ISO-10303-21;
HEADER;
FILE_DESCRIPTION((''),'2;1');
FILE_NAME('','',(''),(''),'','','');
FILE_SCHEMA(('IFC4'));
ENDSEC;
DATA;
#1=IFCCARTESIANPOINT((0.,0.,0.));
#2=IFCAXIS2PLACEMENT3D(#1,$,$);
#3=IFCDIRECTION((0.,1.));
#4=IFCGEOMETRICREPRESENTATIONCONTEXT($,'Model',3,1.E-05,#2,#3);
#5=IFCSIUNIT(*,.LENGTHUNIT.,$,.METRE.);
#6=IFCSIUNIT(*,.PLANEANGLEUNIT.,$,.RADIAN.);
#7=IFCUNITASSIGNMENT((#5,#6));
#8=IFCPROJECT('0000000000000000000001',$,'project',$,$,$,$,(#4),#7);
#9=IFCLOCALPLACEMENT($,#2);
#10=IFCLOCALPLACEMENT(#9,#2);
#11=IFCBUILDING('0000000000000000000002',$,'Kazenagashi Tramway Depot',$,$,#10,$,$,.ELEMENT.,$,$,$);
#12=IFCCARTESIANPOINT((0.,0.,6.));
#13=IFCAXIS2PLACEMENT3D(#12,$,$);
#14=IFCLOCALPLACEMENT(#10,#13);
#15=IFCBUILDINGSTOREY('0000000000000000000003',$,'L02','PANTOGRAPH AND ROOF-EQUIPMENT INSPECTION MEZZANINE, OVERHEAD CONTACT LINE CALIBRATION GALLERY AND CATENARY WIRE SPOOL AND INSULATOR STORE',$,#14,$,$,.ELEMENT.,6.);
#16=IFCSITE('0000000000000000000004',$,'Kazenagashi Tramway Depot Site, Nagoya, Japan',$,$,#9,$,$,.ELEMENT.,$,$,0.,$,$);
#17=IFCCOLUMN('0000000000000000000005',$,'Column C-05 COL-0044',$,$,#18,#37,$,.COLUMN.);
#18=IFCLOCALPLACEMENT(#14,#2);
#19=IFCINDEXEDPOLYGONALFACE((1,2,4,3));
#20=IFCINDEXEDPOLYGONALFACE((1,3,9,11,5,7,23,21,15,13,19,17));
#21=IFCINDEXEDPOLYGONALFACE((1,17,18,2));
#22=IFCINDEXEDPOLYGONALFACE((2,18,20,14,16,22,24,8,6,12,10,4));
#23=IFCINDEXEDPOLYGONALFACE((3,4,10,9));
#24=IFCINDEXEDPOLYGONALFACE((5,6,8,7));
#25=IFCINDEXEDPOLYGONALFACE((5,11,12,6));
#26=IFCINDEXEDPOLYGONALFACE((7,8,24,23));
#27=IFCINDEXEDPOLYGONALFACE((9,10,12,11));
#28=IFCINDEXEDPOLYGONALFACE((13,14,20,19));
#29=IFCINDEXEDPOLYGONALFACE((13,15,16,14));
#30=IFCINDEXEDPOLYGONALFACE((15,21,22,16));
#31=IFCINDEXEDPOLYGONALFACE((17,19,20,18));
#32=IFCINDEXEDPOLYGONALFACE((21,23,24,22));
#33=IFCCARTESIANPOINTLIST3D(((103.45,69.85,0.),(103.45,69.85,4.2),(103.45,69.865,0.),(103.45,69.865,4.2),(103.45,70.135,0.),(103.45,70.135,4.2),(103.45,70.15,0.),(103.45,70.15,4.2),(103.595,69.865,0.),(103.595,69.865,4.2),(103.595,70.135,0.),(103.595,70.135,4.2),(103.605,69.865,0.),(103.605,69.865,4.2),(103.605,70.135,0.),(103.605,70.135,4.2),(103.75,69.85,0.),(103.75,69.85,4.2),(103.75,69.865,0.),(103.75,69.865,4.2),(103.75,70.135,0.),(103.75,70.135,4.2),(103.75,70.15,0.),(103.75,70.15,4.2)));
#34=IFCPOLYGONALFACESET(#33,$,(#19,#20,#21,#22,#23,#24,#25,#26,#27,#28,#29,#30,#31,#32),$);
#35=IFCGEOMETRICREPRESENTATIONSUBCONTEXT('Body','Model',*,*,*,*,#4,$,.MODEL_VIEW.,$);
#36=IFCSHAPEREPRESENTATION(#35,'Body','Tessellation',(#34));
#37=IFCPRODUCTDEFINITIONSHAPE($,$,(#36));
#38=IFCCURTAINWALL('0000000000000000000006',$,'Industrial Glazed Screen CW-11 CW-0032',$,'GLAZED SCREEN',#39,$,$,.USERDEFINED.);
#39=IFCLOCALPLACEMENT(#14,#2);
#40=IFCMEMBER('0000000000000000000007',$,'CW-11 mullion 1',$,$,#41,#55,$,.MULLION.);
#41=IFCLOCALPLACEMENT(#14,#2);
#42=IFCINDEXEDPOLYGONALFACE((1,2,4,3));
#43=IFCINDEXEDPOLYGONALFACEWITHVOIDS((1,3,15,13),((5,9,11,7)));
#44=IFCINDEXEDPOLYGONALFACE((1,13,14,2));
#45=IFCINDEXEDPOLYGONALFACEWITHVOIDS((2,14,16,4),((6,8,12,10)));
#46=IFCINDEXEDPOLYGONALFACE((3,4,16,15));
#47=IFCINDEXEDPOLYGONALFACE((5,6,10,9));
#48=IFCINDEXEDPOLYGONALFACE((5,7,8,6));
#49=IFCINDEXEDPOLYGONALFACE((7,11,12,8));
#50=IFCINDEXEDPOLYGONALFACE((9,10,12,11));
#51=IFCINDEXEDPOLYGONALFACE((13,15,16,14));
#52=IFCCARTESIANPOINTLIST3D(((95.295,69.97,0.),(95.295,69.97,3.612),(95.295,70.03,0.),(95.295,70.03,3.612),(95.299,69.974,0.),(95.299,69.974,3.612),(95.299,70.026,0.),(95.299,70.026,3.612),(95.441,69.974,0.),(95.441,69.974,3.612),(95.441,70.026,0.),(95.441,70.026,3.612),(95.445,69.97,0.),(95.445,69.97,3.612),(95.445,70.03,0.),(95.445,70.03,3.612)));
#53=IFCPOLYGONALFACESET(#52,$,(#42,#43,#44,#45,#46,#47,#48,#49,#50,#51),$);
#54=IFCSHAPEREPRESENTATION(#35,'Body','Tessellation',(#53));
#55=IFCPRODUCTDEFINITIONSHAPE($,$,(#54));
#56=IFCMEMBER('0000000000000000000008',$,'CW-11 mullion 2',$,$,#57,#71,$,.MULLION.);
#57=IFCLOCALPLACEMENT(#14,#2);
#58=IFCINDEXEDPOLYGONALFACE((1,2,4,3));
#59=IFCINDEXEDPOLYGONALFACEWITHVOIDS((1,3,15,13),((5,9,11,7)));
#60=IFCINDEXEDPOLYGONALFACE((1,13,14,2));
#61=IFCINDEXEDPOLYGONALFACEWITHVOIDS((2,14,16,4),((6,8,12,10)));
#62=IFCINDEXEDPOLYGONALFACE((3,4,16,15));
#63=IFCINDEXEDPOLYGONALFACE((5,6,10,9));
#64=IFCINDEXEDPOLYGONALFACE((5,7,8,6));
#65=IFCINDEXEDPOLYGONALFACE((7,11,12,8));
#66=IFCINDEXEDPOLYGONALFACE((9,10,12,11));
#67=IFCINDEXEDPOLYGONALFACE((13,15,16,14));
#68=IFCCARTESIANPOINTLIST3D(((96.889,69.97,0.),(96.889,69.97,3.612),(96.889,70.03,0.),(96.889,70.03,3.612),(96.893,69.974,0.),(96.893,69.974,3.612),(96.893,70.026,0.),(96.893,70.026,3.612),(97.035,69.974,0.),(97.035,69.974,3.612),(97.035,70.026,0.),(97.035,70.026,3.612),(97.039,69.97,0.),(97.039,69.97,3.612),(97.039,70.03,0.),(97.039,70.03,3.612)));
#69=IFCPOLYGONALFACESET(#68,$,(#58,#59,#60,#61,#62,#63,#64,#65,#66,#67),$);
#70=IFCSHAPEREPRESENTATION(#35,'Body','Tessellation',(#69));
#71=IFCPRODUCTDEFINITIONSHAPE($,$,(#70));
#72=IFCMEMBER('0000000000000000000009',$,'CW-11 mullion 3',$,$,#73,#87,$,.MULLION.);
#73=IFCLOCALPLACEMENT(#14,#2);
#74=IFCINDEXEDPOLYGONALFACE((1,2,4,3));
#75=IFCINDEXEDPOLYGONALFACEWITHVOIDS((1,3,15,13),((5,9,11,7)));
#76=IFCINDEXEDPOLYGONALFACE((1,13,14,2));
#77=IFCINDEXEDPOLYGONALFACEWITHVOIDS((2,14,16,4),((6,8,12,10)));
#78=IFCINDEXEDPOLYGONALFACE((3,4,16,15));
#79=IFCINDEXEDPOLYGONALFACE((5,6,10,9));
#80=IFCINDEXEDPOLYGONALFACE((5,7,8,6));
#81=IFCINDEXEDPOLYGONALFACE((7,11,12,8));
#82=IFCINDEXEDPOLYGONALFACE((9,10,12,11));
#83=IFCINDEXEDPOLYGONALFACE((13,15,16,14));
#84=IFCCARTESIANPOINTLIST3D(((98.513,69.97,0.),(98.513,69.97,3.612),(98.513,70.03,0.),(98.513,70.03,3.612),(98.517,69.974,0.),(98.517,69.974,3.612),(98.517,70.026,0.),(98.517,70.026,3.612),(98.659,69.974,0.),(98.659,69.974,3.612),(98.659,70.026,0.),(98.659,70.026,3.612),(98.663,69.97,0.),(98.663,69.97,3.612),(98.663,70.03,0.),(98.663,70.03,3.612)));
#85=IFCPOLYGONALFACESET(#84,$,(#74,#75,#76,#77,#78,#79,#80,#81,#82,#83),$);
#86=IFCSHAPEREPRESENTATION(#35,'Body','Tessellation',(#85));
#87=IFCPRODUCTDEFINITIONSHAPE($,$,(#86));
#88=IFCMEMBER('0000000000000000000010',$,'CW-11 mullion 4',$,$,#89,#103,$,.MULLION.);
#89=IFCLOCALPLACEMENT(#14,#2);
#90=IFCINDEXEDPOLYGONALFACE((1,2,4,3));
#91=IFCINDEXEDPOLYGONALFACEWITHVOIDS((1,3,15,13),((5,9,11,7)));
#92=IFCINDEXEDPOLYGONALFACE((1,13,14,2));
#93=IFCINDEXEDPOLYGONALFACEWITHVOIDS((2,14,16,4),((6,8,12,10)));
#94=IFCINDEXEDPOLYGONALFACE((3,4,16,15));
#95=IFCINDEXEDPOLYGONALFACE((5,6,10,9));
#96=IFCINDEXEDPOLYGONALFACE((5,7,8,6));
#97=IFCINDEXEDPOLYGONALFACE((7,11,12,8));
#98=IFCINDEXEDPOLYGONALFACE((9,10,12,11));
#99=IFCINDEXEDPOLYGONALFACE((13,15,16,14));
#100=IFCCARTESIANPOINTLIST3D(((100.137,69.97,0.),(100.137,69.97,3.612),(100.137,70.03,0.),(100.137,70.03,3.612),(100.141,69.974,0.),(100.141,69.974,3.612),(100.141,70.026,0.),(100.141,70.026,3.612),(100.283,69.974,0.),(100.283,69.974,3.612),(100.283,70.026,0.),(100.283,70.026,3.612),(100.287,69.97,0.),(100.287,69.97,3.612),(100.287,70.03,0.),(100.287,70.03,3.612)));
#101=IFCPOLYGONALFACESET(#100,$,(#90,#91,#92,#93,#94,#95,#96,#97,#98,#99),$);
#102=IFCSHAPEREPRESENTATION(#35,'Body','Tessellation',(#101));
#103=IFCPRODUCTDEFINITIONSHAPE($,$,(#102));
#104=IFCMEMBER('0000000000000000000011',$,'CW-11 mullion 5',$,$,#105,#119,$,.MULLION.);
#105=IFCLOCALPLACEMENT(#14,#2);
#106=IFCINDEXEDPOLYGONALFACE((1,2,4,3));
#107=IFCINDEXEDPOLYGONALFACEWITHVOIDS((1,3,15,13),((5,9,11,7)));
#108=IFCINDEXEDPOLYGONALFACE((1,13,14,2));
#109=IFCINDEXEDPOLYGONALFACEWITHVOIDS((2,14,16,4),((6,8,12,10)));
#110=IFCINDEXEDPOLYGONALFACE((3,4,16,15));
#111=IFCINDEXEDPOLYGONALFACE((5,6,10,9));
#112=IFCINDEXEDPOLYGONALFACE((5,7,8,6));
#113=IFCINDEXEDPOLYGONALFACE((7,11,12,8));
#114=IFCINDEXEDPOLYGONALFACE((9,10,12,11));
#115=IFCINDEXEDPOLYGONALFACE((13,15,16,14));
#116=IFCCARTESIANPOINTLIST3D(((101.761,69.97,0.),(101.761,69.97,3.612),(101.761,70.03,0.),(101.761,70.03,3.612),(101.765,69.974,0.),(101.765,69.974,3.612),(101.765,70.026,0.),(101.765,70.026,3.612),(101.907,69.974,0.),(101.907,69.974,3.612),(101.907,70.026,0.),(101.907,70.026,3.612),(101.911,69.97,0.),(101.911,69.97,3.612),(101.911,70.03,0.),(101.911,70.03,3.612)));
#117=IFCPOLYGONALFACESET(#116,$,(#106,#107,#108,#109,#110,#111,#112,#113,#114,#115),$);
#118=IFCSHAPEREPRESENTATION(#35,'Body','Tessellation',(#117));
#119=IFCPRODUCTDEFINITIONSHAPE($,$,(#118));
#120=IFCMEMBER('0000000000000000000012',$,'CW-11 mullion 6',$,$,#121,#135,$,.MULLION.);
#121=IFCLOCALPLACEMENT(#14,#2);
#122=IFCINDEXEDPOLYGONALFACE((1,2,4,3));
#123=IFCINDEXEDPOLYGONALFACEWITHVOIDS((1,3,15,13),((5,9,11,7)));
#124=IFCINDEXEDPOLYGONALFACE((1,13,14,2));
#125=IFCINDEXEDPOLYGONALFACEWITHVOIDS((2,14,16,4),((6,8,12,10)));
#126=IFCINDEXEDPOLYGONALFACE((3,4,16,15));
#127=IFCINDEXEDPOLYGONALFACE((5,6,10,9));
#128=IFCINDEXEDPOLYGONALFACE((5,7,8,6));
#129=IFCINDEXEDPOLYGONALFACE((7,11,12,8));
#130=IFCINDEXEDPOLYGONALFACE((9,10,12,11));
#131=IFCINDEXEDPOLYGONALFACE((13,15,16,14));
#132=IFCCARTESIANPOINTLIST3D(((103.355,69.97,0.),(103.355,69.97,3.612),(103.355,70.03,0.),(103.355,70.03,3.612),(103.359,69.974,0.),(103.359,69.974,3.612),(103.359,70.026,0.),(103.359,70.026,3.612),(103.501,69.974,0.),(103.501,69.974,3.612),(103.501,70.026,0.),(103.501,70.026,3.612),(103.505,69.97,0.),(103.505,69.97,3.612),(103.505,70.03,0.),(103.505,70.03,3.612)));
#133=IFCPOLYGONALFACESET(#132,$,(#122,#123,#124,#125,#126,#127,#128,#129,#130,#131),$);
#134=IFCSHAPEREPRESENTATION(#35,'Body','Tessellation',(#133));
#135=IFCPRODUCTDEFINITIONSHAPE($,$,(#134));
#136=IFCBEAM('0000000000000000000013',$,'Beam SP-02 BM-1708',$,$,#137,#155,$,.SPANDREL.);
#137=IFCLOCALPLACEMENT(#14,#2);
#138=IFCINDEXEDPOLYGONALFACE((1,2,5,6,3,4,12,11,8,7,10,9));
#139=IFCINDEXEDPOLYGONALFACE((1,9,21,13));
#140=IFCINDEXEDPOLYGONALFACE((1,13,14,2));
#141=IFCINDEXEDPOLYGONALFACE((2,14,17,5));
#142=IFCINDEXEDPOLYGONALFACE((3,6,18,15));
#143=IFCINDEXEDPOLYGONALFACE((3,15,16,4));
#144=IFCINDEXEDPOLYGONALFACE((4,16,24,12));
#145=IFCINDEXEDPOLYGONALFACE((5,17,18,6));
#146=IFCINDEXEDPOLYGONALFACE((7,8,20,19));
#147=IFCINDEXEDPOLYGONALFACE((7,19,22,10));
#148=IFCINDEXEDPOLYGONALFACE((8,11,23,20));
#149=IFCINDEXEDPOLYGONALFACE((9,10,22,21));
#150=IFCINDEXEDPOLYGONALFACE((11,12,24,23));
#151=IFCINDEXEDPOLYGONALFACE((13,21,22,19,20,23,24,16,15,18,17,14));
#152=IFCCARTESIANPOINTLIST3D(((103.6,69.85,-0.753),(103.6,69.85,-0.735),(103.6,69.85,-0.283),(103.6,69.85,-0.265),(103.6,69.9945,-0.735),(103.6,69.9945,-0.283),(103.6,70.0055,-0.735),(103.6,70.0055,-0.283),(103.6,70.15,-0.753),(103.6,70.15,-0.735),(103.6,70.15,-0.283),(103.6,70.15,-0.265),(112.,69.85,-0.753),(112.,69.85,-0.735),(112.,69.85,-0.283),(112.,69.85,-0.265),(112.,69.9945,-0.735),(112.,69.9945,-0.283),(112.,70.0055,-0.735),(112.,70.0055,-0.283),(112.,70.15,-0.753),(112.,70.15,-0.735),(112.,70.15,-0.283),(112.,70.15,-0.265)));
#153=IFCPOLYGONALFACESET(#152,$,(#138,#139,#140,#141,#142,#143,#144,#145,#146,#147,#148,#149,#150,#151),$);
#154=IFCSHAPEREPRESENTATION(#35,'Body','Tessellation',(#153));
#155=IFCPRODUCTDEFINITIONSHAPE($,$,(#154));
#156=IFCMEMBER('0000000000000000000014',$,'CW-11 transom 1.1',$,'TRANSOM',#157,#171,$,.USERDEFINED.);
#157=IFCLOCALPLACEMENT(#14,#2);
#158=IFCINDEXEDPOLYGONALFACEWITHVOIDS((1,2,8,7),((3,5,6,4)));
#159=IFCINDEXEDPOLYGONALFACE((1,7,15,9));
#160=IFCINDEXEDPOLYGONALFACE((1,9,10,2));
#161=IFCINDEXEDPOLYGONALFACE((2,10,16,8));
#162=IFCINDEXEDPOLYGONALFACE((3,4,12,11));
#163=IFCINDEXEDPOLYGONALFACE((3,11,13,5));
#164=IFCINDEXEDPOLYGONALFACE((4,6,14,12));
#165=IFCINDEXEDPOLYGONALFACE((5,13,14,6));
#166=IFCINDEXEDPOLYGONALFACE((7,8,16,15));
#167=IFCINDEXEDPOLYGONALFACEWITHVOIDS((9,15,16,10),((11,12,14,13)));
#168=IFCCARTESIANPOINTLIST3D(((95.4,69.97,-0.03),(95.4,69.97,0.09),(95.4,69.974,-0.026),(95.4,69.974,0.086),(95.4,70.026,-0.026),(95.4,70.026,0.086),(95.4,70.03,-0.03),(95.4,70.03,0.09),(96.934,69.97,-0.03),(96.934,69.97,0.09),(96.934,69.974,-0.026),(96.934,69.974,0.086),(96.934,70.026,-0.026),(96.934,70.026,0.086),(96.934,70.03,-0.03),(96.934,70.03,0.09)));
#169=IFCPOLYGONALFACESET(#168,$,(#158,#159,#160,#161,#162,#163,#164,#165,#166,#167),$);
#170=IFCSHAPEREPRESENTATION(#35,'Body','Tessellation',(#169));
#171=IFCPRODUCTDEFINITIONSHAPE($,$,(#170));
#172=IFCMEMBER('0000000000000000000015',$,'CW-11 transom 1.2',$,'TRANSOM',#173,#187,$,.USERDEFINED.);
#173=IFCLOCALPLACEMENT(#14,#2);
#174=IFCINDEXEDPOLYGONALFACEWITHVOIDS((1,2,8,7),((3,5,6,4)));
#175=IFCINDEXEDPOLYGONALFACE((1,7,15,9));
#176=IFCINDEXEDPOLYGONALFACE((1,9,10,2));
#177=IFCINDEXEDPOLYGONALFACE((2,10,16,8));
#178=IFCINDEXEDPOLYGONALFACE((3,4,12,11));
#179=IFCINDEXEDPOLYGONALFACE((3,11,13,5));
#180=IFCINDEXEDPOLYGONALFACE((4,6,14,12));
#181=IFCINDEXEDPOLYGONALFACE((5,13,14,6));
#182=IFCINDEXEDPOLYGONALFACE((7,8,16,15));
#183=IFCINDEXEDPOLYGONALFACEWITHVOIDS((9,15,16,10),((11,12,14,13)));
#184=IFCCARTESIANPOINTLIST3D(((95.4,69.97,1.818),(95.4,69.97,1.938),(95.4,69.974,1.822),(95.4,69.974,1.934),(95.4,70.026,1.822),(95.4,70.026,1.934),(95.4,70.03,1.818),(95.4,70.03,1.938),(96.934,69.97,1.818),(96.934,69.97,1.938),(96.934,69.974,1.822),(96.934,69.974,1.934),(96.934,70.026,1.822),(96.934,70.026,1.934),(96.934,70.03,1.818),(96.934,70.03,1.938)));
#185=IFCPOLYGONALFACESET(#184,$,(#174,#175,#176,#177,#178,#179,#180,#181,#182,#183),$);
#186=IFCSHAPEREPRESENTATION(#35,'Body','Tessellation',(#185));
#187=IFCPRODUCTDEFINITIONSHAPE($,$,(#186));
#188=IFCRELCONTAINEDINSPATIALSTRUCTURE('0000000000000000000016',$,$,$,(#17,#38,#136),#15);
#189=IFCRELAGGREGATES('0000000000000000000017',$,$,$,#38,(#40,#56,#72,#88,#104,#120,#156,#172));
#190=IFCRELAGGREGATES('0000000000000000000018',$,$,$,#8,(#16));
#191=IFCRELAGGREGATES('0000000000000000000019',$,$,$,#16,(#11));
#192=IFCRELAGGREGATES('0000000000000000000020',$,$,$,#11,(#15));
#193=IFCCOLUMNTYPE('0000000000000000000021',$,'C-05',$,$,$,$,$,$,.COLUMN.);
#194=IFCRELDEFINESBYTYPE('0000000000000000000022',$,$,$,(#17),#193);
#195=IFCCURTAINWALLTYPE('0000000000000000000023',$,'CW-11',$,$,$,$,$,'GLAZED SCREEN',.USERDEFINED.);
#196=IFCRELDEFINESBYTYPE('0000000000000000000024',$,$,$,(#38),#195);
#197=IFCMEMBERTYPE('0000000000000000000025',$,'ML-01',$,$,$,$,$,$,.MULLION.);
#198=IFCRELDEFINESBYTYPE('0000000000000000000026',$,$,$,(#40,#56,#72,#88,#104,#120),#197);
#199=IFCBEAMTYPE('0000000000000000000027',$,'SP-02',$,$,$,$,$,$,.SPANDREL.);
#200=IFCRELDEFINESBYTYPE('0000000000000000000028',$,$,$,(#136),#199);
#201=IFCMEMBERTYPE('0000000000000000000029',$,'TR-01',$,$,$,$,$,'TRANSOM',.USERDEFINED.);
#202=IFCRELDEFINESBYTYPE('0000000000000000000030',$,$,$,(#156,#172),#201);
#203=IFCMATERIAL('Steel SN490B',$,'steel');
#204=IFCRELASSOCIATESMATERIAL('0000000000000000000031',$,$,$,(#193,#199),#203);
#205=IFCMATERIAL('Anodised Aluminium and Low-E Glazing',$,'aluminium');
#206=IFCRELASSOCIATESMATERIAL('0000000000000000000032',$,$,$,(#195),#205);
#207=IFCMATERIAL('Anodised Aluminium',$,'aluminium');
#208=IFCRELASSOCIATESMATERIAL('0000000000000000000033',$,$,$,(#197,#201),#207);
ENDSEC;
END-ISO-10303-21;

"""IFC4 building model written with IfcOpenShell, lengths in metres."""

from ifc_helpers import new_model, si_unit, direction, frame, origin, origin_2d, place, context, subcontext, project, spatial, hollow_rectangle, i_section, extrude, material, material_profile, profile_set, type_object, element, aggregate, save


model = new_model("IFC4")

# Units and contexts
model_context = context("Model", 3, precision=1e-05, world=origin(), true_north=direction((0.0, 1.0)))
body_context = subcontext(model_context, "Body", "Model", "MODEL_VIEW")
ifc_project = project(units=[si_unit("LENGTHUNIT", "METRE"), si_unit("PLANEANGLEUNIT", "RADIAN")], contexts=[model_context])

# Site, building, storey
site_placement = place(None, origin())
site = spatial("IfcSite", under=ifc_project, at=site_placement, Name="Kazenagashi Tramway Depot Site, Nagoya, Japan", CompositionType="ELEMENT", RefElevation=0.0)
building_placement = place(site_placement, origin())
building = spatial("IfcBuilding", under=site, at=building_placement, Name="Kazenagashi Tramway Depot", CompositionType="ELEMENT")
storey_placement = place(building_placement, frame((0.0, 0.0, 6.0)))
storey = spatial("IfcBuildingStorey", under=building, at=storey_placement, Name="L02", Description="PANTOGRAPH AND ROOF-EQUIPMENT INSPECTION MEZZANINE, OVERHEAD CONTACT LINE CALIBRATION GALLERY AND CATENARY WIRE SPOOL AND INSULATOR STORE", CompositionType="ELEMENT", Elevation=6.0)

# Column
ifc_material_1 = material(Name="Steel SN490B", Category="steel")
ifc_material_profile_1 = material_profile(ifc_material_1, i_section(OverallWidth=0.3, OverallDepth=0.3, WebThickness=0.01, FlangeThickness=0.015, at=origin_2d()), Name="H-300x300x10x15")
ifc_profile_set_1 = profile_set([ifc_material_profile_1], Name="Steel SN490B")
column_type = type_object("IfcColumnType", Name="C-05", PredefinedType="COLUMN", material=ifc_profile_set_1)
column_placement = place(storey_placement, frame((103.6, 70.0, 0.0), z_axis=(0.0, 0.0, 1.0), x_axis=(1.0, 0.0, 0.0)))
element("IfcColumn", 1, at=column_placement, inside=storey, type_object=column_type, Name="Column C-05 COL-0044", PredefinedType="COLUMN", context=body_context, shape_type="SweptSolid", body=[
    extrude(i_section(OverallWidth=0.3, OverallDepth=0.3, WebThickness=0.01, FlangeThickness=0.015, at=origin_2d()), origin(), (0.0, 0.0, 1.0), 4.2),
])

# Curtain wall, members
ifc_material_2 = material(Name="Anodised Aluminium and Low-E Glazing", Category="aluminium")
curtain_wall_type = type_object("IfcCurtainWallType", Name="CW-11", ElementType="GLAZED SCREEN", PredefinedType="USERDEFINED", material=ifc_material_2)
curtain_wall_placement = place(storey_placement, origin())
curtain_wall = element("IfcCurtainWall", 2, at=curtain_wall_placement, inside=storey, type_object=curtain_wall_type, Name="Industrial Glazed Screen CW-11 CW-0032", ObjectType="GLAZED SCREEN", PredefinedType="USERDEFINED")
ifc_material_3 = material(Name="Anodised Aluminium", Category="aluminium")
ifc_material_profile_2 = material_profile(ifc_material_3, hollow_rectangle(XDim=0.06, YDim=0.15, WallThickness=0.004, at=origin_2d()), Name="RHS-150x60x4")
ifc_profile_set_2 = profile_set([ifc_material_profile_2], Name="Anodised Aluminium")
member_type_1 = type_object("IfcMemberType", Name="ML-01", PredefinedType="MULLION", material=ifc_profile_set_2)
member_1_placement = place(storey_placement, frame((95.37, 70.0, 0.0), z_axis=(0.0, 0.0, 1.0), x_axis=(0.0, 1.0, 0.0)))
member_1 = element("IfcMember", 3, at=member_1_placement, type_object=member_type_1, Name="CW-11 mullion 1", PredefinedType="MULLION", context=body_context, shape_type="SweptSolid", body=[
    extrude(hollow_rectangle(XDim=0.06, YDim=0.15, WallThickness=0.004, at=origin_2d()), origin(), (0.0, 0.0, 1.0), 3.612),
])
member_2_placement = place(storey_placement, frame((96.964, 70.0, 0.0), z_axis=(0.0, 0.0, 1.0), x_axis=(0.0, 1.0, 0.0)))
member_2 = element("IfcMember", 4, at=member_2_placement, type_object=member_type_1, Name="CW-11 mullion 2", PredefinedType="MULLION", context=body_context, shape_type="SweptSolid", body=[
    extrude(hollow_rectangle(XDim=0.06, YDim=0.15, WallThickness=0.004, at=origin_2d()), origin(), (0.0, 0.0, 1.0), 3.612),
])
member_3_placement = place(storey_placement, frame((98.588, 70.0, 0.0), z_axis=(0.0, 0.0, 1.0), x_axis=(0.0, 1.0, 0.0)))
member_3 = element("IfcMember", 5, at=member_3_placement, type_object=member_type_1, Name="CW-11 mullion 3", PredefinedType="MULLION", context=body_context, shape_type="SweptSolid", body=[
    extrude(hollow_rectangle(XDim=0.06, YDim=0.15, WallThickness=0.004, at=origin_2d()), origin(), (0.0, 0.0, 1.0), 3.612),
])
member_4_placement = place(storey_placement, frame((100.212, 70.0, 0.0), z_axis=(0.0, 0.0, 1.0), x_axis=(0.0, 1.0, 0.0)))
member_4 = element("IfcMember", 6, at=member_4_placement, type_object=member_type_1, Name="CW-11 mullion 4", PredefinedType="MULLION", context=body_context, shape_type="SweptSolid", body=[
    extrude(hollow_rectangle(XDim=0.06, YDim=0.15, WallThickness=0.004, at=origin_2d()), origin(), (0.0, 0.0, 1.0), 3.612),
])
member_5_placement = place(storey_placement, frame((101.836, 70.0, 0.0), z_axis=(0.0, 0.0, 1.0), x_axis=(0.0, 1.0, 0.0)))
member_5 = element("IfcMember", 7, at=member_5_placement, type_object=member_type_1, Name="CW-11 mullion 5", PredefinedType="MULLION", context=body_context, shape_type="SweptSolid", body=[
    extrude(hollow_rectangle(XDim=0.06, YDim=0.15, WallThickness=0.004, at=origin_2d()), origin(), (0.0, 0.0, 1.0), 3.612),
])
member_6_placement = place(storey_placement, frame((103.43, 70.0, 0.0), z_axis=(0.0, 0.0, 1.0), x_axis=(0.0, 1.0, 0.0)))
member_6 = element("IfcMember", 8, at=member_6_placement, type_object=member_type_1, Name="CW-11 mullion 6", PredefinedType="MULLION", context=body_context, shape_type="SweptSolid", body=[
    extrude(hollow_rectangle(XDim=0.06, YDim=0.15, WallThickness=0.004, at=origin_2d()), origin(), (0.0, 0.0, 1.0), 3.612),
])

# Beam
ifc_material_profile_3 = material_profile(ifc_material_1, i_section(OverallWidth=0.3, OverallDepth=0.488, WebThickness=0.011, FlangeThickness=0.018, at=origin_2d()), Name="H-488x300x11x18")
ifc_profile_set_3 = profile_set([ifc_material_profile_3], Name="Steel SN490B")
beam_type = type_object("IfcBeamType", Name="SP-02", PredefinedType="SPANDREL", material=ifc_profile_set_3)
beam_placement = place(storey_placement, frame((103.6, 70.0, -0.509), z_axis=(1.0, 0.0, 0.0), x_axis=(0.0, 1.0, 0.0)))
element("IfcBeam", 9, at=beam_placement, inside=storey, type_object=beam_type, Name="Beam SP-02 BM-1708", PredefinedType="SPANDREL", context=body_context, shape_type="SweptSolid", body=[
    extrude(i_section(OverallWidth=0.3, OverallDepth=0.488, WebThickness=0.011, FlangeThickness=0.018, at=origin_2d()), origin(), (0.0, 0.0, 1.0), 8.4),
])

# Members
ifc_material_profile_4 = material_profile(ifc_material_3, hollow_rectangle(XDim=0.06, YDim=0.12, WallThickness=0.004, at=origin_2d()), Name="RHS-120x60x4")
ifc_profile_set_4 = profile_set([ifc_material_profile_4], Name="Anodised Aluminium")
member_type_2 = type_object("IfcMemberType", Name="TR-01", ElementType="TRANSOM", PredefinedType="USERDEFINED", material=ifc_profile_set_4)
member_7_placement = place(storey_placement, frame((95.4, 70.0, 0.03), z_axis=(1.0, 0.0, 0.0), x_axis=(0.0, 1.0, 0.0)))
member_7 = element("IfcMember", 10, at=member_7_placement, type_object=member_type_2, Name="CW-11 transom 1.1", ObjectType="TRANSOM", PredefinedType="USERDEFINED", context=body_context, shape_type="SweptSolid", body=[
    extrude(hollow_rectangle(XDim=0.06, YDim=0.12, WallThickness=0.004, at=origin_2d()), origin(), (0.0, 0.0, 1.0), 1.534),
])
member_8_placement = place(storey_placement, frame((95.4, 70.0, 1.878), z_axis=(1.0, 0.0, 0.0), x_axis=(0.0, 1.0, 0.0)))
member_8 = element("IfcMember", 11, at=member_8_placement, type_object=member_type_2, Name="CW-11 transom 1.2", ObjectType="TRANSOM", PredefinedType="USERDEFINED", context=body_context, shape_type="SweptSolid", body=[
    extrude(hollow_rectangle(XDim=0.06, YDim=0.12, WallThickness=0.004, at=origin_2d()), origin(), (0.0, 0.0, 1.0), 1.534),
])

aggregate(curtain_wall, [member_1, member_2, member_3, member_4, member_5, member_6, member_7, member_8])

save(model, "model.ifc")
